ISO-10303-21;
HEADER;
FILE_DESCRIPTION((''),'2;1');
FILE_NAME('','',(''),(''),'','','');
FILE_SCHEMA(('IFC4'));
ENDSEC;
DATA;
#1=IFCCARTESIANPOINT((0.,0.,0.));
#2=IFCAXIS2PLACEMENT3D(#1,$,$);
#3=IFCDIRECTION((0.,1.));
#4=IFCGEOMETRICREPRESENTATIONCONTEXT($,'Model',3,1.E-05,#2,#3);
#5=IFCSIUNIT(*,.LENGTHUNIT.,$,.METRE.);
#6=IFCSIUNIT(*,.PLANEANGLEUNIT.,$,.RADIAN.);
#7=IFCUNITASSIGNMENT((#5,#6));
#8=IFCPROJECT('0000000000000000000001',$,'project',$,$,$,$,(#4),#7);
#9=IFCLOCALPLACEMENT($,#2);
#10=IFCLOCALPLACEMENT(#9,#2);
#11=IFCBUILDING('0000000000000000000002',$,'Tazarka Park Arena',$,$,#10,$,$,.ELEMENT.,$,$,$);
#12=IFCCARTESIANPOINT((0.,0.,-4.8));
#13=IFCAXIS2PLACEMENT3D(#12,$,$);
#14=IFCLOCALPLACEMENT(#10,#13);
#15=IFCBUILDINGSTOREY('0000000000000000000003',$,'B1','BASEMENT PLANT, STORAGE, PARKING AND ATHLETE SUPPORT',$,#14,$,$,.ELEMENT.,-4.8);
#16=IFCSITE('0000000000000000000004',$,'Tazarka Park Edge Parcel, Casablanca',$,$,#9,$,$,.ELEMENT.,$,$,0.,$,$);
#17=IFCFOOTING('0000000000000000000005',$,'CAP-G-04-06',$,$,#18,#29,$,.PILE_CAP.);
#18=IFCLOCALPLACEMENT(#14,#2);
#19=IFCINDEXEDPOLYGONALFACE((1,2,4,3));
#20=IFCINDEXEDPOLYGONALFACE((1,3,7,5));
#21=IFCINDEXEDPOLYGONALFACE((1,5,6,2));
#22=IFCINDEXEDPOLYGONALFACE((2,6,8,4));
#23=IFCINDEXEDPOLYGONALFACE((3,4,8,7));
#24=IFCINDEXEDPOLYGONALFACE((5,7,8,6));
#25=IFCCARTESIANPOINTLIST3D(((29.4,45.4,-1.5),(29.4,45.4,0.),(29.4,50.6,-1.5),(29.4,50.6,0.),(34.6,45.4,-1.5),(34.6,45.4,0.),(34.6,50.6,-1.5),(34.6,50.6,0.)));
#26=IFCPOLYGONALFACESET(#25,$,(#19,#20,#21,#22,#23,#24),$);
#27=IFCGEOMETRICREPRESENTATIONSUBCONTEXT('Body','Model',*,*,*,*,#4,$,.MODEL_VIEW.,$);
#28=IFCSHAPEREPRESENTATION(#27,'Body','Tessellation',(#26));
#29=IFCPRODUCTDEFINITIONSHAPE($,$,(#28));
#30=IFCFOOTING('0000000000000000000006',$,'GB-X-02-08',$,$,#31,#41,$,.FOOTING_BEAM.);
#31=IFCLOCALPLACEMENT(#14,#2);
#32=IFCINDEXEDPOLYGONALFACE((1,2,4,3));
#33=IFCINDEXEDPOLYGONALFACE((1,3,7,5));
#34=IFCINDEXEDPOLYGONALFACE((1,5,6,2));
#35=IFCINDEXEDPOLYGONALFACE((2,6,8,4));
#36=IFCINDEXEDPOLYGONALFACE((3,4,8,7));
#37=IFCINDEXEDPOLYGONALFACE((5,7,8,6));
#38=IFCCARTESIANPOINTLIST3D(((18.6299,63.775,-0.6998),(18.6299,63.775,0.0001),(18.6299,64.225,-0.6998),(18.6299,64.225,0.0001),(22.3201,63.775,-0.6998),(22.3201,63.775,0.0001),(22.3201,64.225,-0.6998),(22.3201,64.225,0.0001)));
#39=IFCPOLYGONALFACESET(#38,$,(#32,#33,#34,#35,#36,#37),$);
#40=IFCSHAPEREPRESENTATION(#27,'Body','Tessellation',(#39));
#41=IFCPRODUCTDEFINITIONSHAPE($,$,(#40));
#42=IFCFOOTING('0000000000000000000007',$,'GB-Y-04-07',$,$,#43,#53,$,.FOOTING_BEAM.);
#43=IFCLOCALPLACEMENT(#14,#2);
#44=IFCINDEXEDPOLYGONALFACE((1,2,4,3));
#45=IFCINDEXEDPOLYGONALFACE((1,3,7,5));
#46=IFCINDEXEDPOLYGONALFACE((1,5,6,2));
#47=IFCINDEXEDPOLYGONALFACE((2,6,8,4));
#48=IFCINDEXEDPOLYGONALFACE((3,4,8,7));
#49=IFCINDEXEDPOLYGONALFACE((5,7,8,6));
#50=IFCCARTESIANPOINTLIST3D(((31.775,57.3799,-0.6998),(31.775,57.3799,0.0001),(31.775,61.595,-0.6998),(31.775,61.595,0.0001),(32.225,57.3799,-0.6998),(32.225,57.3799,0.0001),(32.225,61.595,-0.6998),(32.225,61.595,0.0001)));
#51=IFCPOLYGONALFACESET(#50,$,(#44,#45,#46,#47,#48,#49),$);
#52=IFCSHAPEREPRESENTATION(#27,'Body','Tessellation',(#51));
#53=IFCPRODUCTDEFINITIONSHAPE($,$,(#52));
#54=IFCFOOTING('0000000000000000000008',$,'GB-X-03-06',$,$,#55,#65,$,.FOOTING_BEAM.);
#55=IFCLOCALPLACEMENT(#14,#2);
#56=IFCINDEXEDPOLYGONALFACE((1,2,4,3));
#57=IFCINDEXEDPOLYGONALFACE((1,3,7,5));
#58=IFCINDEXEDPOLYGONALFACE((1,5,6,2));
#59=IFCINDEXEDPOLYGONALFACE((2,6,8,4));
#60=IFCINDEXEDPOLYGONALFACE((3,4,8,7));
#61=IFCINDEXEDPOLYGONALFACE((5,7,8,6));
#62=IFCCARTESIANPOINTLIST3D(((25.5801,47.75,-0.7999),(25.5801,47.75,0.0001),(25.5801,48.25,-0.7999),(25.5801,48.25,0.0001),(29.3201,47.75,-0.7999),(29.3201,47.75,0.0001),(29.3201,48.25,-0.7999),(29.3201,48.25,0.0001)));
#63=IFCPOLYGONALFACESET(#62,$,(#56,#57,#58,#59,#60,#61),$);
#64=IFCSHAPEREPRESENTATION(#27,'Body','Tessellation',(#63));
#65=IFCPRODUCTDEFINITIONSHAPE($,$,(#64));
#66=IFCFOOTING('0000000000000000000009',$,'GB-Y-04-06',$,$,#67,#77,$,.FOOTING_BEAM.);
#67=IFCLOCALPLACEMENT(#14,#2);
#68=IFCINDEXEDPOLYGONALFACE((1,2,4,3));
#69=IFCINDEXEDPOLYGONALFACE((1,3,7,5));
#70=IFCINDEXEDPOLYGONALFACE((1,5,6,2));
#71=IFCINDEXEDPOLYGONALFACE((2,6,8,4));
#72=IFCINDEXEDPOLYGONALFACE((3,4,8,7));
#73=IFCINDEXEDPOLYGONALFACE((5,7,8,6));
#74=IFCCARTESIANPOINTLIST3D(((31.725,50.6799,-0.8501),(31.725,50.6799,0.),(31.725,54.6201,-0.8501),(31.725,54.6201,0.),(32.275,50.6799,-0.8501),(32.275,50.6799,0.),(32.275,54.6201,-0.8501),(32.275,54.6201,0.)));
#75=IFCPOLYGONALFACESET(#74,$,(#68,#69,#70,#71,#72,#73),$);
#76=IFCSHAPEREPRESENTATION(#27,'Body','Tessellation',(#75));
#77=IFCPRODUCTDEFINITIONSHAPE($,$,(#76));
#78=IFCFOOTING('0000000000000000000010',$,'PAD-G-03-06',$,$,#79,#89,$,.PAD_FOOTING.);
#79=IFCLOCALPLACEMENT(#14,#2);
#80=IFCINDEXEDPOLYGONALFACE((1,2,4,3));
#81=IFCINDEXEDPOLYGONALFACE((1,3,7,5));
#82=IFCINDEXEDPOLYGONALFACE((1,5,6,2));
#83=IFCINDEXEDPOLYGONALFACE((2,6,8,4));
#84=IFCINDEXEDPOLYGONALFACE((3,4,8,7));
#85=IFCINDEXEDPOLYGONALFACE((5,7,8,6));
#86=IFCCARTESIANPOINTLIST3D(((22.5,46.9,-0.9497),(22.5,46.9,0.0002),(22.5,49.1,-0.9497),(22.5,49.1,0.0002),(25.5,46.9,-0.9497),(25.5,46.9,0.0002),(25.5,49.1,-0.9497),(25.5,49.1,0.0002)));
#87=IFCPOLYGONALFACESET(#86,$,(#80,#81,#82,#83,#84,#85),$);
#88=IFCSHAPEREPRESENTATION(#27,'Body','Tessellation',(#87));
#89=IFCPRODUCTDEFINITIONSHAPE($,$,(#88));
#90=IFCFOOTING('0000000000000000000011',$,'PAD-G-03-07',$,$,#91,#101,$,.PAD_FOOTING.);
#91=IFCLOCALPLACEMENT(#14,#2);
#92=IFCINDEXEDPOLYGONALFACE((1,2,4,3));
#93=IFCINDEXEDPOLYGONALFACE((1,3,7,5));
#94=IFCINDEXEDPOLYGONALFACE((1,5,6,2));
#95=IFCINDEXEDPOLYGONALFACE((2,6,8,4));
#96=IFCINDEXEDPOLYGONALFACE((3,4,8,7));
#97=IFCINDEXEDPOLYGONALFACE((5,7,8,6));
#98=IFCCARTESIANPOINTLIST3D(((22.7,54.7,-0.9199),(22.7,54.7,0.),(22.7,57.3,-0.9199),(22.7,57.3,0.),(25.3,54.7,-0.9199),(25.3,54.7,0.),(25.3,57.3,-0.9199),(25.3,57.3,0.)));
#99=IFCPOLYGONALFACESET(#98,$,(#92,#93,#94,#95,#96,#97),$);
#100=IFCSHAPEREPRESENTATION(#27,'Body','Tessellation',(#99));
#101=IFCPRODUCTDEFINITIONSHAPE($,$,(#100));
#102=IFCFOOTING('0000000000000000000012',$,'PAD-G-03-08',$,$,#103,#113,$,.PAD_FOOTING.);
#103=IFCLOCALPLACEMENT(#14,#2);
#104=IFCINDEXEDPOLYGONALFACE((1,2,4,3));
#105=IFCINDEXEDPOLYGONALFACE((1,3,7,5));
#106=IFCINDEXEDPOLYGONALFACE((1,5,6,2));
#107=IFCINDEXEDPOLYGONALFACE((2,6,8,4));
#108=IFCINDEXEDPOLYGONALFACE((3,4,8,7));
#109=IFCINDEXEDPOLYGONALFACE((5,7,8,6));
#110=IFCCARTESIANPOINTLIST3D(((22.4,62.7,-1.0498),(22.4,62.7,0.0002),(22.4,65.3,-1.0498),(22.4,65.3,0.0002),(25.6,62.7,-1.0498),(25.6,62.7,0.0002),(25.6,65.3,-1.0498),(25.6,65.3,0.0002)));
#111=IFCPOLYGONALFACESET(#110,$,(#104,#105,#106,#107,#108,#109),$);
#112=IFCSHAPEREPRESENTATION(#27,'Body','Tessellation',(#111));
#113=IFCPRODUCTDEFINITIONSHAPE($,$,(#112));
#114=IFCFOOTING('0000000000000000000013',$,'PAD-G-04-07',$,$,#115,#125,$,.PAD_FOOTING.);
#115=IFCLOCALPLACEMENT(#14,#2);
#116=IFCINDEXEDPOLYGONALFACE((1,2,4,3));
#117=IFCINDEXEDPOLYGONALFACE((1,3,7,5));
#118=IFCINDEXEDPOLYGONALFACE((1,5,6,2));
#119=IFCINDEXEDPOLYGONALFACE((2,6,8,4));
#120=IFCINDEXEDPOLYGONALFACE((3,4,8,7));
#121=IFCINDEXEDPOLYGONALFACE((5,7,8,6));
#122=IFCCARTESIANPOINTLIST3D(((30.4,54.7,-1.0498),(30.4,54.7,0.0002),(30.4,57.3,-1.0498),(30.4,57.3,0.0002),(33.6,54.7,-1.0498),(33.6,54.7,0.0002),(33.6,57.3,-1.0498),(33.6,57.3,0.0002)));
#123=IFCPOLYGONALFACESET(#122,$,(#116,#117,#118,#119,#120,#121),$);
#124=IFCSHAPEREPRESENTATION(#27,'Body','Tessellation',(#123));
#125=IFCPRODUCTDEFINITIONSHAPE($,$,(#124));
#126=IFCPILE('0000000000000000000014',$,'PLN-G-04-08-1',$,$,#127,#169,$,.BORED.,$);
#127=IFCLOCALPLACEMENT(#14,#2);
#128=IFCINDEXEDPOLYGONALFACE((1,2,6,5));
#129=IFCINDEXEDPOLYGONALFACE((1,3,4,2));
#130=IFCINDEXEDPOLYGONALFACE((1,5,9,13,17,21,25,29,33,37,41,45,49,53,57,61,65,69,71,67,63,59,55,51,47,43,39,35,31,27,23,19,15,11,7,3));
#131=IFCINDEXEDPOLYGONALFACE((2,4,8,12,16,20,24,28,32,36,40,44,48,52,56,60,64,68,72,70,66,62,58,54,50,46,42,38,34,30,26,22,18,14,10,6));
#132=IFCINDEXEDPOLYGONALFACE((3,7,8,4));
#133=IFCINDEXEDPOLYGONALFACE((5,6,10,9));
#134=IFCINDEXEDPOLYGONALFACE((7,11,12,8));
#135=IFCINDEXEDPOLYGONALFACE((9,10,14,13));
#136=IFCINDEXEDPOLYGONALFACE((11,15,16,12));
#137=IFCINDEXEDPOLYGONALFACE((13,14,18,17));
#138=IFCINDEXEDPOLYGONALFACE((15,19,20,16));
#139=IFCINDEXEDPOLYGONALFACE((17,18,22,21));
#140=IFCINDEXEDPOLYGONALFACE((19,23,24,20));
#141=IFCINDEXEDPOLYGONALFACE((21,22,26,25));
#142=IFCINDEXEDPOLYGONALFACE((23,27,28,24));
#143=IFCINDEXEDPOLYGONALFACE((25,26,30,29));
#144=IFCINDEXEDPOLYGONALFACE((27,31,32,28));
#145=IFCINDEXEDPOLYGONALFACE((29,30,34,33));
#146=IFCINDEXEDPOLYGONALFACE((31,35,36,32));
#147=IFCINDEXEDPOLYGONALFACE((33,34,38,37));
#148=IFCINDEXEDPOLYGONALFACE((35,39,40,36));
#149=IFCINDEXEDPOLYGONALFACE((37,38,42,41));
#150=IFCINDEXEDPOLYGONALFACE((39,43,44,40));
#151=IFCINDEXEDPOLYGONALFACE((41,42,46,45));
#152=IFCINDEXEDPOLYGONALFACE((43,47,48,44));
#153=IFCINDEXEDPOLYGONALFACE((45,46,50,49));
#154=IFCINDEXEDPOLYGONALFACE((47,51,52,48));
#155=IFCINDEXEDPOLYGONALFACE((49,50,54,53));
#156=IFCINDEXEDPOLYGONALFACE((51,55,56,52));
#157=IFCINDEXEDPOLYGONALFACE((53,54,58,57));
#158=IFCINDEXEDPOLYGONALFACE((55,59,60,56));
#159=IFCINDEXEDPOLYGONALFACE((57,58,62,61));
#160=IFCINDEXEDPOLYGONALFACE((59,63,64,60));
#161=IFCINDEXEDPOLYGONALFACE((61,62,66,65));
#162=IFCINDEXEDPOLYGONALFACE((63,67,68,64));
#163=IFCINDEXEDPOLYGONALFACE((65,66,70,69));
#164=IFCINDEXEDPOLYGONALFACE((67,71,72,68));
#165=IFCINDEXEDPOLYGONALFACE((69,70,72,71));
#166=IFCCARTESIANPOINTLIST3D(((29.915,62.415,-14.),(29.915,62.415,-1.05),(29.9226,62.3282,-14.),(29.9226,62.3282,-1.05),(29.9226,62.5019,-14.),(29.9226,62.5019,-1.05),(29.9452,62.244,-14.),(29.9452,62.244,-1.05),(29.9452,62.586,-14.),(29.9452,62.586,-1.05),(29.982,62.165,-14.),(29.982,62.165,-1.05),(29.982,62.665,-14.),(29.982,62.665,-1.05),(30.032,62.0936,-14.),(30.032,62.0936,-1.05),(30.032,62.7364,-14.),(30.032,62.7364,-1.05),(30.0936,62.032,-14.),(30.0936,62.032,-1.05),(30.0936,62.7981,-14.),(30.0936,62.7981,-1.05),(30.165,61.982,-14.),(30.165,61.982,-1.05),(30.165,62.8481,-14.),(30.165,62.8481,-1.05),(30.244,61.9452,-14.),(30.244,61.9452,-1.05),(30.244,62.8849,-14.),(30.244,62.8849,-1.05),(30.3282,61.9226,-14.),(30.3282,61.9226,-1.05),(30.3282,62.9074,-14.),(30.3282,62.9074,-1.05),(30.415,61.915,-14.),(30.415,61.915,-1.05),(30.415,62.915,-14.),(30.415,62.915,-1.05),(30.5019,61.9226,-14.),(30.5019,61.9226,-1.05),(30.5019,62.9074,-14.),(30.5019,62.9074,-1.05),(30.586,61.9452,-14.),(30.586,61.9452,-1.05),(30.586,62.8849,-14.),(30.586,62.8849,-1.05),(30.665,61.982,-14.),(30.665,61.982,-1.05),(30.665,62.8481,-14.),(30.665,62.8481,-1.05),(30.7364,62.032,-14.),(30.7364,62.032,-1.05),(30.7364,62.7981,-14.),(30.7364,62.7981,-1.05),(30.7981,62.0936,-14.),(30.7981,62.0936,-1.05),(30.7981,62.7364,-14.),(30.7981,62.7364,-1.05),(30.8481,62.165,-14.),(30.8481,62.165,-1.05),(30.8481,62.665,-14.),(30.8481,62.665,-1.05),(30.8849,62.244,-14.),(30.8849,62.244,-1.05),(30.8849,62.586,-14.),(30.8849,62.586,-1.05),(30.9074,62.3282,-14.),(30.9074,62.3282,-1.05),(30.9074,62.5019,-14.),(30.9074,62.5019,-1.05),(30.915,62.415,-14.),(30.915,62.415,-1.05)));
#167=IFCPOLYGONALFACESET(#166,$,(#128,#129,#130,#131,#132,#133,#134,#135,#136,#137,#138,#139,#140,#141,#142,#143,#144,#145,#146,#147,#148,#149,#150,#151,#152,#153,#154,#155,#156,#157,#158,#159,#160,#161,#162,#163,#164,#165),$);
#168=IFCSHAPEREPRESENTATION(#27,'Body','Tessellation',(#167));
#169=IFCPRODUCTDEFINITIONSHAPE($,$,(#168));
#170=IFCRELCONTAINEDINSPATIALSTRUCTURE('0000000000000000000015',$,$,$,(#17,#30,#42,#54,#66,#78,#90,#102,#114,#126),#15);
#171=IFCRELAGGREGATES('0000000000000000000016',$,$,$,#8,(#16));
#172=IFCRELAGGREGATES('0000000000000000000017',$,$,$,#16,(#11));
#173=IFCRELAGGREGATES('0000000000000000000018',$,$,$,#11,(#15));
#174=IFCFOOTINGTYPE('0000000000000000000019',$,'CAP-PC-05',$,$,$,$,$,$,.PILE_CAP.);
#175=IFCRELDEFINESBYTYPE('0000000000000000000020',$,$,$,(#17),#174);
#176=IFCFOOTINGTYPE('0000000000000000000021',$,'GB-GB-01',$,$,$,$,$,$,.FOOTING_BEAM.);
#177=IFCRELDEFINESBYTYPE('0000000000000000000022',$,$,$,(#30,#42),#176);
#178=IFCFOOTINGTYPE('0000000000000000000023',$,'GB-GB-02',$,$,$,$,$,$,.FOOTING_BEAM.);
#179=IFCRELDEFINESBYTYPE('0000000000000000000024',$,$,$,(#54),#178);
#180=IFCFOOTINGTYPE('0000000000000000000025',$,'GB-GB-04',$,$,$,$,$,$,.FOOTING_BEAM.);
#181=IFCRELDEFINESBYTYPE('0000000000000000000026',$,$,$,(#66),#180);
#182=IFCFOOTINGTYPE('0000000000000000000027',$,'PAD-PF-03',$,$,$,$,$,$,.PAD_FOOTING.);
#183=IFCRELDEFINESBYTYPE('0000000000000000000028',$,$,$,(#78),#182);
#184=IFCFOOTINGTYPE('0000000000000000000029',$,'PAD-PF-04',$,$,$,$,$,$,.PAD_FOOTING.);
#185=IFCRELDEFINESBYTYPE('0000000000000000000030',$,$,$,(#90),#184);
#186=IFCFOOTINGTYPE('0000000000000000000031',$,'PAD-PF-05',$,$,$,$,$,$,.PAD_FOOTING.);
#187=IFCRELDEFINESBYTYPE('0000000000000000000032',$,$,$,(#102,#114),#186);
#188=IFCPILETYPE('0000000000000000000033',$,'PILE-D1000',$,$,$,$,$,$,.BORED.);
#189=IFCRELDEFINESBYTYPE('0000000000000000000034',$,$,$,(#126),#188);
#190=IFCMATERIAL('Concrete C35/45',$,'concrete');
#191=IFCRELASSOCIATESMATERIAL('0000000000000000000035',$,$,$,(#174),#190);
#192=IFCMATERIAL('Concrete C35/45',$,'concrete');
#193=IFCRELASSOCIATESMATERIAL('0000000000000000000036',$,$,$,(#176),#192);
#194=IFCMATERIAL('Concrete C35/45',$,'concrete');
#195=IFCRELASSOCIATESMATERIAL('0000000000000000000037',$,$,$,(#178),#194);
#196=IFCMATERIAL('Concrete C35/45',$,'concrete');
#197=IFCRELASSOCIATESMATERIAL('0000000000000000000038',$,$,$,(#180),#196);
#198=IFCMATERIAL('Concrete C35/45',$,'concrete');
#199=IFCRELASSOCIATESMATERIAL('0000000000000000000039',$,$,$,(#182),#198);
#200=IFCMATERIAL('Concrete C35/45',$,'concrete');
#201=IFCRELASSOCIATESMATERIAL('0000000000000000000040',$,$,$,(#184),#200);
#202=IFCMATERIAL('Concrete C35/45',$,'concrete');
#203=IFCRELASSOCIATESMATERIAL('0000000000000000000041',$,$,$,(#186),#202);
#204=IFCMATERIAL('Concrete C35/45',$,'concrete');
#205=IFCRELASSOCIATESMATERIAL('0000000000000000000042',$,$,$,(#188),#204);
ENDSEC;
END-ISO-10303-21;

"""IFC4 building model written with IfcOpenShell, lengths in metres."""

from ifc_helpers import new_model, si_unit, direction, frame, origin, origin_2d, place, context, subcontext, project, spatial, rectangle, circle, extrude, material, material_profile, profile_set, type_object, element, save


model = new_model("IFC4")

# Units and contexts
model_context = context("Model", 3, precision=1e-05, world=origin(), true_north=direction((0.0, 1.0)))
body_context = subcontext(model_context, "Body", "Model", "MODEL_VIEW")
ifc_project = project(units=[si_unit("LENGTHUNIT", "METRE"), si_unit("PLANEANGLEUNIT", "RADIAN")], contexts=[model_context])

# Site, building, storey
site_placement = place(None, origin())
site = spatial("IfcSite", under=ifc_project, at=site_placement, Name="Tazarka Park Edge Parcel, Casablanca", CompositionType="ELEMENT", RefElevation=0.0)
building_placement = place(site_placement, origin())
building = spatial("IfcBuilding", under=site, at=building_placement, Name="Tazarka Park Arena", CompositionType="ELEMENT")
storey_placement = place(building_placement, frame((0.0, 0.0, -4.8)))
storey = spatial("IfcBuildingStorey", under=building, at=storey_placement, Name="B1", Description="BASEMENT PLANT, STORAGE, PARKING AND ATHLETE SUPPORT", CompositionType="ELEMENT", Elevation=-4.8)

# Footings
ifc_material_1 = material(Name="Concrete C35/45", Category="concrete")
footing_type_1 = type_object("IfcFootingType", Name="CAP-PC-05", PredefinedType="PILE_CAP", material=ifc_material_1)
footing_1_placement = place(storey_placement, frame((32.0, 48.0, -1.5), z_axis=(0.0, 0.0, 1.0), x_axis=(1.0, 0.0, 0.0)))
element("IfcFooting", 1, at=footing_1_placement, inside=storey, type_object=footing_type_1, Name="CAP-G-04-06", PredefinedType="PILE_CAP", context=body_context, shape_type="SweptSolid", body=[
    extrude(rectangle(XDim=5.2, YDim=5.2, at=origin_2d()), origin(), (0.0, 0.0, 1.0), 1.5),
])
ifc_material_2 = material(Name="Concrete C35/45", Category="concrete")
ifc_material_profile_1 = material_profile(ifc_material_2, rectangle(XDim=0.45, YDim=0.7, at=origin_2d()), Name="Concrete C35/45")
ifc_profile_set_1 = profile_set([ifc_material_profile_1], Name="Concrete C35/45")
footing_type_2 = type_object("IfcFootingType", Name="GB-GB-01", PredefinedType="FOOTING_BEAM", material=ifc_profile_set_1)
footing_2_placement = place(storey_placement, frame((18.6299, 64.0, -0.3499), z_axis=(1.0, 0.0, 0.0), x_axis=(0.0, 1.0, 0.0)))
element("IfcFooting", 2, at=footing_2_placement, inside=storey, type_object=footing_type_2, Name="GB-X-02-08", PredefinedType="FOOTING_BEAM", context=body_context, shape_type="SweptSolid", body=[
    extrude(rectangle(XDim=0.45, YDim=0.7, at=origin_2d()), origin(), (0.0, 0.0, 1.0), 3.6902),
])
footing_3_placement = place(storey_placement, frame((32.0, 57.3799, -0.3499), z_axis=(0.0, 1.0, 0.0), x_axis=(-1.0, 0.0, 0.0)))
element("IfcFooting", 3, at=footing_3_placement, inside=storey, type_object=footing_type_2, Name="GB-Y-04-07", PredefinedType="FOOTING_BEAM", context=body_context, shape_type="SweptSolid", body=[
    extrude(rectangle(XDim=0.45, YDim=0.7, at=origin_2d()), origin(), (0.0, 0.0, 1.0), 4.2151),
])
ifc_material_3 = material(Name="Concrete C35/45", Category="concrete")
ifc_material_profile_2 = material_profile(ifc_material_3, rectangle(XDim=0.5, YDim=0.8, at=origin_2d()), Name="Concrete C35/45")
ifc_profile_set_2 = profile_set([ifc_material_profile_2], Name="Concrete C35/45")
footing_type_3 = type_object("IfcFootingType", Name="GB-GB-02", PredefinedType="FOOTING_BEAM", material=ifc_profile_set_2)
footing_4_placement = place(storey_placement, frame((25.5801, 48.0, -0.3999), z_axis=(1.0, 0.0, 0.0), x_axis=(0.0, 1.0, 0.0)))
element("IfcFooting", 4, at=footing_4_placement, inside=storey, type_object=footing_type_3, Name="GB-X-03-06", PredefinedType="FOOTING_BEAM", context=body_context, shape_type="SweptSolid", body=[
    extrude(rectangle(XDim=0.5, YDim=0.8, at=origin_2d()), origin(), (0.0, 0.0, 1.0), 3.74),
])
ifc_material_4 = material(Name="Concrete C35/45", Category="concrete")
ifc_material_profile_3 = material_profile(ifc_material_4, rectangle(XDim=0.55, YDim=0.8501, at=origin_2d()), Name="Concrete C35/45")
ifc_profile_set_3 = profile_set([ifc_material_profile_3], Name="Concrete C35/45")
footing_type_4 = type_object("IfcFootingType", Name="GB-GB-04", PredefinedType="FOOTING_BEAM", material=ifc_profile_set_3)
footing_5_placement = place(storey_placement, frame((32.0, 50.6799, -0.425), z_axis=(0.0, 1.0, 0.0), x_axis=(-1.0, 0.0, 0.0)))
element("IfcFooting", 5, at=footing_5_placement, inside=storey, type_object=footing_type_4, Name="GB-Y-04-06", PredefinedType="FOOTING_BEAM", context=body_context, shape_type="SweptSolid", body=[
    extrude(rectangle(XDim=0.55, YDim=0.8501, at=origin_2d()), origin(), (0.0, 0.0, 1.0), 3.9402),
])
ifc_material_5 = material(Name="Concrete C35/45", Category="concrete")
footing_type_5 = type_object("IfcFootingType", Name="PAD-PF-03", PredefinedType="PAD_FOOTING", material=ifc_material_5)
footing_6_placement = place(storey_placement, frame((24.0, 48.0, -0.9497), z_axis=(0.0, 0.0, 1.0), x_axis=(1.0, 0.0, 0.0)))
element("IfcFooting", 6, at=footing_6_placement, inside=storey, type_object=footing_type_5, Name="PAD-G-03-06", PredefinedType="PAD_FOOTING", context=body_context, shape_type="SweptSolid", body=[
    extrude(rectangle(XDim=3.0, YDim=2.2, at=origin_2d()), origin(), (0.0, 0.0, 1.0), 0.95),
])
ifc_material_6 = material(Name="Concrete C35/45", Category="concrete")
footing_type_6 = type_object("IfcFootingType", Name="PAD-PF-04", PredefinedType="PAD_FOOTING", material=ifc_material_6)
footing_7_placement = place(storey_placement, frame((24.0, 56.0, -0.9199), z_axis=(0.0, 0.0, 1.0), x_axis=(1.0, 0.0, 0.0)))
element("IfcFooting", 7, at=footing_7_placement, inside=storey, type_object=footing_type_6, Name="PAD-G-03-07", PredefinedType="PAD_FOOTING", context=body_context, shape_type="SweptSolid", body=[
    extrude(rectangle(XDim=2.6001, YDim=2.6001, at=origin_2d()), origin(), (0.0, 0.0, 1.0), 0.9199),
])
ifc_material_7 = material(Name="Concrete C35/45", Category="concrete")
footing_type_7 = type_object("IfcFootingType", Name="PAD-PF-05", PredefinedType="PAD_FOOTING", material=ifc_material_7)
for number, where, z_axis, x_axis, name in (
    (8, (24.0, 64.0, -1.0498), (0.0, 0.0, 1.0), (1.0, 0.0, 0.0), "PAD-G-03-08"),
    (9, (32.0, 56.0, -1.0498), (0.0, 0.0, 1.0), (1.0, 0.0, 0.0), "PAD-G-04-07"),
):
    element("IfcFooting", number, at=place(storey_placement, frame(where, z_axis=z_axis, x_axis=x_axis)), inside=storey, type_object=footing_type_7, Name=name, PredefinedType="PAD_FOOTING", context=body_context, shape_type="SweptSolid", body=[
        extrude(rectangle(XDim=3.2, YDim=2.6001, at=origin_2d()), origin(), (0.0, 0.0, 1.0), 1.05),
    ])

# Pile
ifc_material_8 = material(Name="Concrete C35/45", Category="concrete")
ifc_material_profile_4 = material_profile(ifc_material_8, circle(Radius=0.5, at=origin_2d()), Name="Concrete C35/45")
ifc_profile_set_4 = profile_set([ifc_material_profile_4], Name="Concrete C35/45")
pile_type_1 = type_object("IfcPileType", Name="PILE-D1000", PredefinedType="BORED", material=ifc_profile_set_4)
pile_placement = place(storey_placement, frame((30.415, 62.415, -1.05), z_axis=(0.0, 0.0, -1.0), x_axis=(1.0, 0.0, 0.0)))
element("IfcPile", 10, at=pile_placement, inside=storey, type_object=pile_type_1, Name="PLN-G-04-08-1", PredefinedType="BORED", context=body_context, shape_type="SweptSolid", body=[
    extrude(circle(Radius=0.5, at=origin_2d()), origin(), (0.0, 0.0, 1.0), 12.95),
])

save(model, "model.ifc")
